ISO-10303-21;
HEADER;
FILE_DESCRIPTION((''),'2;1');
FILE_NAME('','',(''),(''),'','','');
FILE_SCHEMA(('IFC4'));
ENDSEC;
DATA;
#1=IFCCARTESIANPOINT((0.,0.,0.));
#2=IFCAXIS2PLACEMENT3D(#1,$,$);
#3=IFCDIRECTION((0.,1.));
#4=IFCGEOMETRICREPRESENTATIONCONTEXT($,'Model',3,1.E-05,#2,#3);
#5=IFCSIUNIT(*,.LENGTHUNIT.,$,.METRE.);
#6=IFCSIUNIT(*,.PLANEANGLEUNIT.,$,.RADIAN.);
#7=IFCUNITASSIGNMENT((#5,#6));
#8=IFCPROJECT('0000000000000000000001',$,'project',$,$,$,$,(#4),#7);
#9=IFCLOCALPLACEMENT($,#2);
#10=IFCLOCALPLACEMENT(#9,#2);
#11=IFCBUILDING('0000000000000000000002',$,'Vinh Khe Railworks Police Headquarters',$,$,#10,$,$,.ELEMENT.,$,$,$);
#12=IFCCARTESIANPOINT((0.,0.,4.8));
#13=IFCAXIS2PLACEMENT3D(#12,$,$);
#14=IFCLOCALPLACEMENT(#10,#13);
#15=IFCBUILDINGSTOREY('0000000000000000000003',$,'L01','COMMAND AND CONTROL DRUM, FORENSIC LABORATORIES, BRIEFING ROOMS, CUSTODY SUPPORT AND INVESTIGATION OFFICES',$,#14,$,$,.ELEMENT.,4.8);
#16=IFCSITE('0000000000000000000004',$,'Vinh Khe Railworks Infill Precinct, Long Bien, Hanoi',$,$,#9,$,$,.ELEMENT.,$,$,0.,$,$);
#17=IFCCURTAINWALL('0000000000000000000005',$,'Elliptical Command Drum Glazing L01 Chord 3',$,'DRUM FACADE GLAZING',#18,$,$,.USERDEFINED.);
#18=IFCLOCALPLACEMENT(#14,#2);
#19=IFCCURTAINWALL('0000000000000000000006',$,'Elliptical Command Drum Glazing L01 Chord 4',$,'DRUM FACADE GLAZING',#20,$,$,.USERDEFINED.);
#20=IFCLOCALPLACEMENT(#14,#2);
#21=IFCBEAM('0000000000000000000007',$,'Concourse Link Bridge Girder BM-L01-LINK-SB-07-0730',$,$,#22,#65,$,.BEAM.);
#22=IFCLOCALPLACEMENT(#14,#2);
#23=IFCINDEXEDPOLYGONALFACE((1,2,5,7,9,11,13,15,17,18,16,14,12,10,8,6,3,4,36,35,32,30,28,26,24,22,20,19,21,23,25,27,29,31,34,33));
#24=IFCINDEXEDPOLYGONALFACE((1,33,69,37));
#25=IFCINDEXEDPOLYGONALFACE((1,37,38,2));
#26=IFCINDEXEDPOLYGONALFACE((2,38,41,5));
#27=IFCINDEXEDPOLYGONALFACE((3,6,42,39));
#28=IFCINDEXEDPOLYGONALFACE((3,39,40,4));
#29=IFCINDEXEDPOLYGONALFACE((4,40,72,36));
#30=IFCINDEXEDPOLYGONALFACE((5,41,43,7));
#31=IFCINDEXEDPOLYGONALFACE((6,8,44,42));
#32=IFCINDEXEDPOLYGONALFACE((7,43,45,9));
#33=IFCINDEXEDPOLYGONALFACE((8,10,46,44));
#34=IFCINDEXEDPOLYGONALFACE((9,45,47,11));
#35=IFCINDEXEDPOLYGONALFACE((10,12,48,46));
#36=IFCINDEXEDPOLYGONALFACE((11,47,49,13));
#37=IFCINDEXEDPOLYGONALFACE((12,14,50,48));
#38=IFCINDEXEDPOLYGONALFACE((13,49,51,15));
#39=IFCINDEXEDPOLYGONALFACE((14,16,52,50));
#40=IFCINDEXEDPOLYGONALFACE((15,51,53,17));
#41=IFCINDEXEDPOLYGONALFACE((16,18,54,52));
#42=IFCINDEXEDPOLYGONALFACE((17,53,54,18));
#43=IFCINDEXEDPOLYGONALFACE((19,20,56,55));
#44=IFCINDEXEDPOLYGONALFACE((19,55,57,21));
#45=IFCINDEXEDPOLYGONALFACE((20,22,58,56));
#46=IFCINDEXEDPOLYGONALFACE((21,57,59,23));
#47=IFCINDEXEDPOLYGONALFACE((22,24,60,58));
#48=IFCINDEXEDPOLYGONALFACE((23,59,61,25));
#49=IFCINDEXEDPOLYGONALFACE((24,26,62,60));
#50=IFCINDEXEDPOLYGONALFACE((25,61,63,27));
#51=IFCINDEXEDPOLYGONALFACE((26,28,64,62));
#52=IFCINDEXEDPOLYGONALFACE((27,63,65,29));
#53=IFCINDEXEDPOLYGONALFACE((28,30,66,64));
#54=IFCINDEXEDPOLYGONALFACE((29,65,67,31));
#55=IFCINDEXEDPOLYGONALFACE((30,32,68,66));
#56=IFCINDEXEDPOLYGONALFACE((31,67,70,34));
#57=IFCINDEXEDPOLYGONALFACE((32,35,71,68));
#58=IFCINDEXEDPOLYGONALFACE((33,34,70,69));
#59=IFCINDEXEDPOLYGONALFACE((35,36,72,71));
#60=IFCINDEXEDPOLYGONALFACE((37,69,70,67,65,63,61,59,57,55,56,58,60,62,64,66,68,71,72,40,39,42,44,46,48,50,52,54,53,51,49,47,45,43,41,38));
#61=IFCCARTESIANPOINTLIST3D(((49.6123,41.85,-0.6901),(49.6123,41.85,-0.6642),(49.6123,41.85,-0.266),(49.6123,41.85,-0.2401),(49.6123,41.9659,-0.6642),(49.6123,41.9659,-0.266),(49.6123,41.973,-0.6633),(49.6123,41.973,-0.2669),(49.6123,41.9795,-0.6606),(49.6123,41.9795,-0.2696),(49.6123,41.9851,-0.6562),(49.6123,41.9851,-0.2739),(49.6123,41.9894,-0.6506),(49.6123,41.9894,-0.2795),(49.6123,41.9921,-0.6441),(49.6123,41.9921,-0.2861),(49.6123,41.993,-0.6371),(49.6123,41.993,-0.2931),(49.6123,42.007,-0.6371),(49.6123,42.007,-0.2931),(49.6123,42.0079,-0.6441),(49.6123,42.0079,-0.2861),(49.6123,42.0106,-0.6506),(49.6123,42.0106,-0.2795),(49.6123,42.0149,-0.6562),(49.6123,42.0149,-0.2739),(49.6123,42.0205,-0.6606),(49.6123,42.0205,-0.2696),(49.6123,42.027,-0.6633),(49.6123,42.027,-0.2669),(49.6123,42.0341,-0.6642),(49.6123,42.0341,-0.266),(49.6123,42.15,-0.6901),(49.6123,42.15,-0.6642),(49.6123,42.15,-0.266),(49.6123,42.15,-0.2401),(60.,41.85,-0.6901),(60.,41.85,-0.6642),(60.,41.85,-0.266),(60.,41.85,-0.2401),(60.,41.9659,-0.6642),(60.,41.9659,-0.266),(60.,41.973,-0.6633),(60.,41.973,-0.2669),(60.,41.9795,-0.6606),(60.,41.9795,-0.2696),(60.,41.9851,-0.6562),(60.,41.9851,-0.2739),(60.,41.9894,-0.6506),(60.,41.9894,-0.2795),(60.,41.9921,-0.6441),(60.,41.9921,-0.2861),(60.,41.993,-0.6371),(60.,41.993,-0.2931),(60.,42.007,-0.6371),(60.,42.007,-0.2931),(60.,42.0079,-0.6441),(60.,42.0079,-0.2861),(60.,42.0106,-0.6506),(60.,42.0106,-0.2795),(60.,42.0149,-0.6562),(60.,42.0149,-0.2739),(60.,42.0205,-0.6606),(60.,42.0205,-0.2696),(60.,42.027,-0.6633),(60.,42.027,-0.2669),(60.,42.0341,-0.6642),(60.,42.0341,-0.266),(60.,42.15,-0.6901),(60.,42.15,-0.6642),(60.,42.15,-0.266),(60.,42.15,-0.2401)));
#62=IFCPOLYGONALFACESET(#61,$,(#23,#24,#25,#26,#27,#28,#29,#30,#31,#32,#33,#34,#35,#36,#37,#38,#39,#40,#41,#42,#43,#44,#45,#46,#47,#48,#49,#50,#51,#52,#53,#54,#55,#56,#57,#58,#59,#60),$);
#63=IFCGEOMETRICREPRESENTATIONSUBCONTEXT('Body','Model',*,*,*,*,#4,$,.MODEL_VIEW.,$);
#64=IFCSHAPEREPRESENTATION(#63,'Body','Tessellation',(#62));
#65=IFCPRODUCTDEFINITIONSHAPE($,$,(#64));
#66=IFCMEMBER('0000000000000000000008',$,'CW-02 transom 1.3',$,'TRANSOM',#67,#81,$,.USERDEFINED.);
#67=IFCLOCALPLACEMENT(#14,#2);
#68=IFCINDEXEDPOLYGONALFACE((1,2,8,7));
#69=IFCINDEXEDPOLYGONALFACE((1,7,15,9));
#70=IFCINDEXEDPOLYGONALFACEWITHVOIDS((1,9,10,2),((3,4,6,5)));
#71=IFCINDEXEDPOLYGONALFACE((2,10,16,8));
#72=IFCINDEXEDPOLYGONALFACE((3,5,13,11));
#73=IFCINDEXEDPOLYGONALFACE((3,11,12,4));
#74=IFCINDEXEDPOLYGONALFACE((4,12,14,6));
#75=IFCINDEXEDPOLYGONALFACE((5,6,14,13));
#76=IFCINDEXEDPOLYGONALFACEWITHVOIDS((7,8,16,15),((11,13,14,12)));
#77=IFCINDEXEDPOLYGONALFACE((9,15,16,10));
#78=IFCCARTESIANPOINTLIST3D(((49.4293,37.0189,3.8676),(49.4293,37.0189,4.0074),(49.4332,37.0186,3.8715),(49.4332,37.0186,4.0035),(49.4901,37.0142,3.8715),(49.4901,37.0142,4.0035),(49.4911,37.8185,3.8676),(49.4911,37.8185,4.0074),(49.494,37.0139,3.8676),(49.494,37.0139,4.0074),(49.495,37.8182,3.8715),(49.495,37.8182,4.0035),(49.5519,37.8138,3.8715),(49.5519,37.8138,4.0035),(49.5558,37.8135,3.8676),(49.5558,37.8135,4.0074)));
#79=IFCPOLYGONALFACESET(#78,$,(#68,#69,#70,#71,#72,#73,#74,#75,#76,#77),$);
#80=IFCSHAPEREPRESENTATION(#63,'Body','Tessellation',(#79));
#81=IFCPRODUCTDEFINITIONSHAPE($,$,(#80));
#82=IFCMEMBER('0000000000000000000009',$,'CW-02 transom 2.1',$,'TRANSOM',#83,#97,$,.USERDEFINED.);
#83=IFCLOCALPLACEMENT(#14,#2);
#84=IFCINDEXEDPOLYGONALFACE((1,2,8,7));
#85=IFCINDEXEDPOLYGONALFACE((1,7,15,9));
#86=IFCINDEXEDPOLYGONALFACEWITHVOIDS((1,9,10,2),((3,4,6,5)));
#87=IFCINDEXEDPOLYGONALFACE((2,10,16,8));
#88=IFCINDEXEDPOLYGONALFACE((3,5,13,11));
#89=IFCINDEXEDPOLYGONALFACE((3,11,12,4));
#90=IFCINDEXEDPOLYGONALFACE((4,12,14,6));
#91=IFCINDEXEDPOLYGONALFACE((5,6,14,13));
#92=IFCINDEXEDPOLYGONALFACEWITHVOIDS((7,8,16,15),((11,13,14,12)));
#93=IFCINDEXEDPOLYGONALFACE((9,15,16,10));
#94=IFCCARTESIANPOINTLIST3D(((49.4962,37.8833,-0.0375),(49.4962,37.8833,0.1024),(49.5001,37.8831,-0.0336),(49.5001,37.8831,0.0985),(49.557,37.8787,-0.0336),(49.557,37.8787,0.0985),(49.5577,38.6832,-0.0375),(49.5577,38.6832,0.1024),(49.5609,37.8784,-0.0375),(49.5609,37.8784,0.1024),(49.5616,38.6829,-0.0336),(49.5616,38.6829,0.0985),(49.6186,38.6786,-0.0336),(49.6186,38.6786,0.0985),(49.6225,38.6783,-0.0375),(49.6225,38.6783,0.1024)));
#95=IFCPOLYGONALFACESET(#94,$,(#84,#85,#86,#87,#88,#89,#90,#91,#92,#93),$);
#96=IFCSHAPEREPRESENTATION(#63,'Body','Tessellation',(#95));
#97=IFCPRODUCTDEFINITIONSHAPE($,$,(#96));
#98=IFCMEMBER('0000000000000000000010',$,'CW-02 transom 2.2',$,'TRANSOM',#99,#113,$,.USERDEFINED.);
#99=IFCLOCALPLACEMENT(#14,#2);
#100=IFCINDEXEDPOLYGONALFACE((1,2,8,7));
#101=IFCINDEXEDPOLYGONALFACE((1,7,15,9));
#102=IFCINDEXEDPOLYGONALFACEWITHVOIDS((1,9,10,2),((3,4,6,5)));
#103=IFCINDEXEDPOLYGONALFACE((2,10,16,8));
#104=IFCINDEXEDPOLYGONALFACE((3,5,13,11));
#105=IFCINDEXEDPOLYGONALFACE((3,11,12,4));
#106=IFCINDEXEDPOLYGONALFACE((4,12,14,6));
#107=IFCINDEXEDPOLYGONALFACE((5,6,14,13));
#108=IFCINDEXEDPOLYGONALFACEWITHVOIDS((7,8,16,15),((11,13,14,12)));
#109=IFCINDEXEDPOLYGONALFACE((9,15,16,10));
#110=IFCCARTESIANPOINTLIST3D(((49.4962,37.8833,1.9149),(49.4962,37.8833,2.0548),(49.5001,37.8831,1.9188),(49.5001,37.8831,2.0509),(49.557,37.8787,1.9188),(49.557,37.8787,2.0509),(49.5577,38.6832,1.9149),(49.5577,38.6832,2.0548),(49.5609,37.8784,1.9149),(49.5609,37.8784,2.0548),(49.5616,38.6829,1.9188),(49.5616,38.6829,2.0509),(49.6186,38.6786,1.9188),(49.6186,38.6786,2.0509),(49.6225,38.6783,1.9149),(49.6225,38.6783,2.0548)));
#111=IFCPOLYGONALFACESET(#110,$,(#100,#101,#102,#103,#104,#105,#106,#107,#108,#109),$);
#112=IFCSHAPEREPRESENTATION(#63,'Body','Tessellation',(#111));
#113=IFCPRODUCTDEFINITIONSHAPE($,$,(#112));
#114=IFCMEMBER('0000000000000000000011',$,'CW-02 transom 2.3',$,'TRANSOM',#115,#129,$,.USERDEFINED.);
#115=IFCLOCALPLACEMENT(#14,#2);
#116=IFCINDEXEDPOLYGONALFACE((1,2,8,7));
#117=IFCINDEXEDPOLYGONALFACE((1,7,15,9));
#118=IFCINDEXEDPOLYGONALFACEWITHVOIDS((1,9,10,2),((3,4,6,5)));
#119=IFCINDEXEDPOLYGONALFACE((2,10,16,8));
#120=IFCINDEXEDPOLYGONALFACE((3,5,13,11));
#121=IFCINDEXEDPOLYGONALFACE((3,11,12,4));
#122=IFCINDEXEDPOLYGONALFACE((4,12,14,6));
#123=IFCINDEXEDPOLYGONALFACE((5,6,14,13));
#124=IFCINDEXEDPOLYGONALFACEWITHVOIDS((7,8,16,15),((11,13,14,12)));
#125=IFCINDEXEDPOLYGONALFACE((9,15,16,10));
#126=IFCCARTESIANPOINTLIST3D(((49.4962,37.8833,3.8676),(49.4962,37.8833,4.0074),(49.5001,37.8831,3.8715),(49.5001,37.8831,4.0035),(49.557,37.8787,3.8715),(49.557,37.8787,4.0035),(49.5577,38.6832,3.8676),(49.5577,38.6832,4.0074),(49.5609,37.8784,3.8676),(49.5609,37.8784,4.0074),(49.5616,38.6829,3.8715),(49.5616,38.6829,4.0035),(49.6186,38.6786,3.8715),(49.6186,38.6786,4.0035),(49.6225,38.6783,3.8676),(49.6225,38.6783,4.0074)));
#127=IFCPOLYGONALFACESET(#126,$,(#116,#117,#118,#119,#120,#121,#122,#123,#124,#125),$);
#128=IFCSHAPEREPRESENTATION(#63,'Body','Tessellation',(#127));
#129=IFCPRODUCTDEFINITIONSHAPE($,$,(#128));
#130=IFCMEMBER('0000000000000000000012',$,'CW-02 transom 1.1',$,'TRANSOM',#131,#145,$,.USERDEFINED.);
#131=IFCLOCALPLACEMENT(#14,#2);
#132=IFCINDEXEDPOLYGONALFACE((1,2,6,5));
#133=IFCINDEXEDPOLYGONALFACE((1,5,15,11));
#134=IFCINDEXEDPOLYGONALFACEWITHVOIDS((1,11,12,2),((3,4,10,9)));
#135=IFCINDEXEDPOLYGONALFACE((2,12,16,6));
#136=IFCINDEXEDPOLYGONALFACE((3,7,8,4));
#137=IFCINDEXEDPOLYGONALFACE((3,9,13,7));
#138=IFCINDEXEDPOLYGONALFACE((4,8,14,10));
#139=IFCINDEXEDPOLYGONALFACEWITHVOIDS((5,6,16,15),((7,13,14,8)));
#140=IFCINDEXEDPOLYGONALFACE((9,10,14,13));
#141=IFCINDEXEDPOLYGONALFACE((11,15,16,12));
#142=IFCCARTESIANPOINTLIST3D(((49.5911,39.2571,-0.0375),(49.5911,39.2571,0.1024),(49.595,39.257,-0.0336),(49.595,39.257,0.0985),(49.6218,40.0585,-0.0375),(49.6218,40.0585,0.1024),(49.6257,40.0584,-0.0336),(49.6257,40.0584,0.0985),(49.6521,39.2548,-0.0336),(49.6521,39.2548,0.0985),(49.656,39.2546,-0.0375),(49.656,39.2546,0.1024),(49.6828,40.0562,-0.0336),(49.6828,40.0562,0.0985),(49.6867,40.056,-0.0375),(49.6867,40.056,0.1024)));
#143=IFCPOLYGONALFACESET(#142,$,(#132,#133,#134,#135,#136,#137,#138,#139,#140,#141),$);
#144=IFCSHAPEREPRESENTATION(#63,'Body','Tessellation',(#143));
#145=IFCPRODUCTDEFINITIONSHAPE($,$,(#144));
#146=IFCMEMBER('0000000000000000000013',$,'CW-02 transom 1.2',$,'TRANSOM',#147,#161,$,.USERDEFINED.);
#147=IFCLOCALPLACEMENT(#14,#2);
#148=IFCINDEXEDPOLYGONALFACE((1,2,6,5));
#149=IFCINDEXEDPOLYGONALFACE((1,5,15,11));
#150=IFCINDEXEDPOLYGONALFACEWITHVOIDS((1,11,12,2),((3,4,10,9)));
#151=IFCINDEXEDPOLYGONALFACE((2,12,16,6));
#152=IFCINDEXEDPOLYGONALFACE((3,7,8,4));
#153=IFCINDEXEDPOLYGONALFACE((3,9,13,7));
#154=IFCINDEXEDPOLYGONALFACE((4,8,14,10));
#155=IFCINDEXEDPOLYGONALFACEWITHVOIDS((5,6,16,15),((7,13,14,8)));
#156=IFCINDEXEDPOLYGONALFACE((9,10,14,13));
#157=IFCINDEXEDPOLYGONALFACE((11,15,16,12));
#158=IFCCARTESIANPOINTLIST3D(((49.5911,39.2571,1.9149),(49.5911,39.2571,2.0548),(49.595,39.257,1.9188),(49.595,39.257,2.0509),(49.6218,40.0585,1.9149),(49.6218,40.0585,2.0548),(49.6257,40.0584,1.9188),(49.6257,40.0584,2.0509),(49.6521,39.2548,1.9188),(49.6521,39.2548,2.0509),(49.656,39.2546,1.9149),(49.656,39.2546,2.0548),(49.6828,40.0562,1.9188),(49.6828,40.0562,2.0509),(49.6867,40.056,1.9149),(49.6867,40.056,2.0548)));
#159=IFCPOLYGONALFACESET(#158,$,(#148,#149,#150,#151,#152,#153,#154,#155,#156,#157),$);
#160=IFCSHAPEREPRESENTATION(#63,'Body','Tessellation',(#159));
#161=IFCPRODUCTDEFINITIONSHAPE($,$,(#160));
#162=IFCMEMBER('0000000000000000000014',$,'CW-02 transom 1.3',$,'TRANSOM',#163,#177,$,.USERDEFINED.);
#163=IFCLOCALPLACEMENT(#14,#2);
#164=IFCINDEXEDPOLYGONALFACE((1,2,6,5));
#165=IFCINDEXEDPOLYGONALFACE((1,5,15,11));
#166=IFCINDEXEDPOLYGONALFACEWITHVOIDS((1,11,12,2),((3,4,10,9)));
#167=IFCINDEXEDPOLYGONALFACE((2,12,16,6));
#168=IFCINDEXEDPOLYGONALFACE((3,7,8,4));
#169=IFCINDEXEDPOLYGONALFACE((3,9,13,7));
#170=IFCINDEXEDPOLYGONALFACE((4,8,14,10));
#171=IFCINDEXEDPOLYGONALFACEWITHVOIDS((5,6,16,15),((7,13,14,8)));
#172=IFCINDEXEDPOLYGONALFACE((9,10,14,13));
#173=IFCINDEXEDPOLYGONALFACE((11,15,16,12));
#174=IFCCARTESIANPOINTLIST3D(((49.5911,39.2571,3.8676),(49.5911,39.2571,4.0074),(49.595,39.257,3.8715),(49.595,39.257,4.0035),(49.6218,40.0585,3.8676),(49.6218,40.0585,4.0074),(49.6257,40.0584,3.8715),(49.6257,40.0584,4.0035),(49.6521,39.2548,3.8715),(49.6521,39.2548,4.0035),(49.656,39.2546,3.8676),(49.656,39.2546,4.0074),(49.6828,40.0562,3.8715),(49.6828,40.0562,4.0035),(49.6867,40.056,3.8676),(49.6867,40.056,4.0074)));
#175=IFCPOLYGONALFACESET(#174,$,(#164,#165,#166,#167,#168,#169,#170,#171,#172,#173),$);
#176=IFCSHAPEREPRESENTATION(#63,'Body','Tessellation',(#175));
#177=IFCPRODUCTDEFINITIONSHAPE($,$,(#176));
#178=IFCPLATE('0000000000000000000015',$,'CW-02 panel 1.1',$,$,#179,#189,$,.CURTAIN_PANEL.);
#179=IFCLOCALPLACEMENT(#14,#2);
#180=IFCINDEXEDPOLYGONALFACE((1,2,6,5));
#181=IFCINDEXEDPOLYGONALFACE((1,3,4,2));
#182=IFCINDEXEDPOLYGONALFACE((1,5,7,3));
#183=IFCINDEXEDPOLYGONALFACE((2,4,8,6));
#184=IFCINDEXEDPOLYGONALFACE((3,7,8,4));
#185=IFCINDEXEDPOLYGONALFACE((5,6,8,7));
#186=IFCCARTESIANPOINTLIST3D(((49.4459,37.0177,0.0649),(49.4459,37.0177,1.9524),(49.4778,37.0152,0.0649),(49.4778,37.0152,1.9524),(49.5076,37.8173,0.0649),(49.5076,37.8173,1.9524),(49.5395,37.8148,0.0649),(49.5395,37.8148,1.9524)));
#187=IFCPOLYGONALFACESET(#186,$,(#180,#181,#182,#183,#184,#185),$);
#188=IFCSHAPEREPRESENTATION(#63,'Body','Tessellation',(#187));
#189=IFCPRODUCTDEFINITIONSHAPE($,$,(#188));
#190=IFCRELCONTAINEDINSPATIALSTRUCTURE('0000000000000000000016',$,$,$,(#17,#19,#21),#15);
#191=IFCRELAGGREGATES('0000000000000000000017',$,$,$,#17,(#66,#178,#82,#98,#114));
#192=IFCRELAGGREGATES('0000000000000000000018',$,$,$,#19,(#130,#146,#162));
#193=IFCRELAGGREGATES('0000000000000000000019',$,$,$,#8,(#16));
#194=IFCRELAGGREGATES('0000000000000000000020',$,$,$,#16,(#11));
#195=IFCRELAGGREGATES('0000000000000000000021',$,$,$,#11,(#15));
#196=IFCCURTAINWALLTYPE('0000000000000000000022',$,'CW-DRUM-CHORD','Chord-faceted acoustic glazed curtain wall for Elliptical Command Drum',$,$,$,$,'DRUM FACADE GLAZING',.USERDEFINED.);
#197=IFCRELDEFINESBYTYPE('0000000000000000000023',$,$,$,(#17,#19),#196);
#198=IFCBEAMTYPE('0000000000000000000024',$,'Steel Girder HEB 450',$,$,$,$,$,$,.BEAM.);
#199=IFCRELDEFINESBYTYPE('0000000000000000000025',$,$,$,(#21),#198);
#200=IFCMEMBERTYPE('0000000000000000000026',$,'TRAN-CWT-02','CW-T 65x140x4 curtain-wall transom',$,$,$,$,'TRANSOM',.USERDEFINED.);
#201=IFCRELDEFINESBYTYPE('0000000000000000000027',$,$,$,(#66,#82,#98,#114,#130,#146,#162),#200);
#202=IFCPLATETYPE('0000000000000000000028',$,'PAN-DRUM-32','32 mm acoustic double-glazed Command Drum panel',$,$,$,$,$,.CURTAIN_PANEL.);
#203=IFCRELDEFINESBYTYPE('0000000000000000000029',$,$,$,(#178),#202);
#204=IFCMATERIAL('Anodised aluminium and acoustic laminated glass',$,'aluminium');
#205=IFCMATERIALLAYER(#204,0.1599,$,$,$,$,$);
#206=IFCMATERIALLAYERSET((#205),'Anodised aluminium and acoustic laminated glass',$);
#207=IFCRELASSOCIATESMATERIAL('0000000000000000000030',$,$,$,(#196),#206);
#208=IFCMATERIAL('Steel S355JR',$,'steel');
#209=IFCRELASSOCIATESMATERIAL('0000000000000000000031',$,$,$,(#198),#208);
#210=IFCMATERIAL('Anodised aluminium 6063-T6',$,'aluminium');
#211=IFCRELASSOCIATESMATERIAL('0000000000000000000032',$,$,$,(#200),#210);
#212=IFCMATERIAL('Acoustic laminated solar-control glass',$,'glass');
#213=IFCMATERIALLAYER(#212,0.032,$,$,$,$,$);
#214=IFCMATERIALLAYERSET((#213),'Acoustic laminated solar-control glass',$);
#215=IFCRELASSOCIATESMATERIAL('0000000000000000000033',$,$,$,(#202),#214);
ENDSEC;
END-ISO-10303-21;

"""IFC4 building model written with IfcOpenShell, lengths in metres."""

from ifc_helpers import new_model, si_unit, direction, frame, origin, origin_2d, place, context, subcontext, project, spatial, rectangle, hollow_rectangle, i_section, extrude, material, layer, layer_set, material_profile, profile_set, type_object, element, aggregate, save


model = new_model("IFC4")

# Units and contexts
model_context = context("Model", 3, precision=1e-05, world=origin(), true_north=direction((0.0, 1.0)))
body_context = subcontext(model_context, "Body", "Model", "MODEL_VIEW")
ifc_project = project(units=[si_unit("LENGTHUNIT", "METRE"), si_unit("PLANEANGLEUNIT", "RADIAN")], contexts=[model_context])

# Site, building, storey
site_placement = place(None, origin())
site = spatial("IfcSite", under=ifc_project, at=site_placement, Name="Vinh Khe Railworks Infill Precinct, Long Bien, Hanoi", CompositionType="ELEMENT", RefElevation=0.0)
building_placement = place(site_placement, origin())
building = spatial("IfcBuilding", under=site, at=building_placement, Name="Vinh Khe Railworks Police Headquarters", CompositionType="ELEMENT")
storey_placement = place(building_placement, frame((0.0, 0.0, 4.8)))
storey = spatial("IfcBuildingStorey", under=building, at=storey_placement, Name="L01", Description="COMMAND AND CONTROL DRUM, FORENSIC LABORATORIES, BRIEFING ROOMS, CUSTODY SUPPORT AND INVESTIGATION OFFICES", CompositionType="ELEMENT", Elevation=4.8)

# Shared definitions
ifc_material_1 = material(Name="Steel S355JR", Category="steel")

# Curtain wall
ifc_material_2 = material(Name="Anodised aluminium and acoustic laminated glass", Category="aluminium")
ifc_layer_1 = layer(ifc_material_2, 0.1599)
ifc_layer_set_1 = layer_set([ifc_layer_1], Name="Anodised aluminium and acoustic laminated glass")
curtain_wall_type = type_object("IfcCurtainWallType", Name="CW-DRUM-CHORD", Description="Chord-faceted acoustic glazed curtain wall for Elliptical Command Drum", ElementType="DRUM FACADE GLAZING", PredefinedType="USERDEFINED", material=ifc_layer_set_1)
curtain_wall_1_placement = place(storey_placement, origin())
curtain_wall_1 = element("IfcCurtainWall", 1, at=curtain_wall_1_placement, inside=storey, type_object=curtain_wall_type, Name="Elliptical Command Drum Glazing L01 Chord 3", ObjectType="DRUM FACADE GLAZING", PredefinedType="USERDEFINED")
ifc_material_3 = material(Name="Anodised aluminium 6063-T6", Category="aluminium")

# Curtain wall
curtain_wall_2_placement = place(storey_placement, origin())
curtain_wall_2 = element("IfcCurtainWall", 2, at=curtain_wall_2_placement, inside=storey, type_object=curtain_wall_type, Name="Elliptical Command Drum Glazing L01 Chord 4", ObjectType="DRUM FACADE GLAZING", PredefinedType="USERDEFINED")

# Beam
ifc_material_profile_1 = material_profile(ifc_material_1, i_section(OverallWidth=0.3, OverallDepth=0.45, WebThickness=0.0139, FlangeThickness=0.0259, FilletRadius=0.0271, at=origin_2d()), Name="HEB 450")
ifc_profile_set_1 = profile_set([ifc_material_profile_1], Name="Steel S355JR")
beam_type_1 = type_object("IfcBeamType", Name="Steel Girder HEB 450", PredefinedType="BEAM", material=ifc_profile_set_1)
beam_1_placement = place(storey_placement, frame((49.6123, 42.0, -0.4651), z_axis=(1.0, 0.0, 0.0), x_axis=(0.0, 1.0, 0.0)))
element("IfcBeam", 3, at=beam_1_placement, inside=storey, type_object=beam_type_1, Name="Concourse Link Bridge Girder BM-L01-LINK-SB-07-0730", PredefinedType="BEAM", context=body_context, shape_type="SweptSolid", body=[
    extrude(i_section(OverallWidth=0.3, OverallDepth=0.45, WebThickness=0.0139, FlangeThickness=0.0259, FilletRadius=0.0271, at=origin_2d()), origin(), (0.0, 0.0, 1.0), 10.3877),
])

# Members
ifc_material_profile_2 = material_profile(ifc_material_3, hollow_rectangle(XDim=0.0649, YDim=0.1399, WallThickness=0.0039, at=origin_2d()), Name="CW-T 65x140x4")
ifc_profile_set_2 = profile_set([ifc_material_profile_2], Name="Anodised aluminium 6063-T6")
member_type_1 = type_object("IfcMemberType", Name="TRAN-CWT-02", Description="CW-T 65x140x4 curtain-wall transom", ElementType="TRANSOM", PredefinedType="USERDEFINED", material=ifc_profile_set_2)
member_1_placement = place(storey_placement, frame((49.4617, 37.0164, 3.9375), z_axis=(0.077022, 0.997029, 0.0), x_axis=(-0.997029, 0.077022, 0.0)))
member_1 = element("IfcMember", 4, at=member_1_placement, type_object=member_type_1, Name="CW-02 transom 1.3", ObjectType="TRANSOM", PredefinedType="USERDEFINED", context=body_context, shape_type="SweptSolid", body=[
    extrude(hollow_rectangle(XDim=0.0649, YDim=0.1399, WallThickness=0.0039, at=origin_2d()), origin(), (0.0, 0.0, 1.0), 0.802),
])
member_2_placement = place(storey_placement, frame((49.5286, 37.8809, 0.0325), z_axis=(0.076696, 0.997054, 0.0), x_axis=(-0.997054, 0.076696, 0.0)))
member_2 = element("IfcMember", 5, at=member_2_placement, type_object=member_type_1, Name="CW-02 transom 2.1", ObjectType="TRANSOM", PredefinedType="USERDEFINED", context=body_context, shape_type="SweptSolid", body=[
    extrude(hollow_rectangle(XDim=0.0649, YDim=0.1399, WallThickness=0.0039, at=origin_2d()), origin(), (0.0, 0.0, 1.0), 0.8022),
])
member_3_placement = place(storey_placement, frame((49.5286, 37.8809, 1.9849), z_axis=(0.076696, 0.997054, 0.0), x_axis=(-0.997054, 0.076696, 0.0)))
member_3 = element("IfcMember", 6, at=member_3_placement, type_object=member_type_1, Name="CW-02 transom 2.2", ObjectType="TRANSOM", PredefinedType="USERDEFINED", context=body_context, shape_type="SweptSolid", body=[
    extrude(hollow_rectangle(XDim=0.0649, YDim=0.1399, WallThickness=0.0039, at=origin_2d()), origin(), (0.0, 0.0, 1.0), 0.8022),
])
member_4_placement = place(storey_placement, frame((49.5286, 37.8809, 3.9375), z_axis=(0.076696, 0.997054, 0.0), x_axis=(-0.997054, 0.076696, 0.0)))
member_4 = element("IfcMember", 7, at=member_4_placement, type_object=member_type_1, Name="CW-02 transom 2.3", ObjectType="TRANSOM", PredefinedType="USERDEFINED", context=body_context, shape_type="SweptSolid", body=[
    extrude(hollow_rectangle(XDim=0.0649, YDim=0.1399, WallThickness=0.0039, at=origin_2d()), origin(), (0.0, 0.0, 1.0), 0.8022),
])
member_5_placement = place(storey_placement, frame((49.6235, 39.2559, 0.0325), z_axis=(0.038351, 0.999264, 0.0), x_axis=(-0.999264, 0.038351, 0.0)))
member_5 = element("IfcMember", 8, at=member_5_placement, type_object=member_type_1, Name="CW-02 transom 1.1", ObjectType="TRANSOM", PredefinedType="USERDEFINED", context=body_context, shape_type="SweptSolid", body=[
    extrude(hollow_rectangle(XDim=0.0649, YDim=0.1399, WallThickness=0.0039, at=origin_2d()), origin(), (0.0, 0.0, 1.0), 0.802),
])
member_6_placement = place(storey_placement, frame((49.6235, 39.2559, 1.9849), z_axis=(0.038351, 0.999264, 0.0), x_axis=(-0.999264, 0.038351, 0.0)))
member_6 = element("IfcMember", 9, at=member_6_placement, type_object=member_type_1, Name="CW-02 transom 1.2", ObjectType="TRANSOM", PredefinedType="USERDEFINED", context=body_context, shape_type="SweptSolid", body=[
    extrude(hollow_rectangle(XDim=0.0649, YDim=0.1399, WallThickness=0.0039, at=origin_2d()), origin(), (0.0, 0.0, 1.0), 0.802),
])
member_7_placement = place(storey_placement, frame((49.6235, 39.2559, 3.9375), z_axis=(0.038351, 0.999264, 0.0), x_axis=(-0.999264, 0.038351, 0.0)))
member_7 = element("IfcMember", 10, at=member_7_placement, type_object=member_type_1, Name="CW-02 transom 1.3", ObjectType="TRANSOM", PredefinedType="USERDEFINED", context=body_context, shape_type="SweptSolid", body=[
    extrude(hollow_rectangle(XDim=0.0649, YDim=0.1399, WallThickness=0.0039, at=origin_2d()), origin(), (0.0, 0.0, 1.0), 0.802),
])

# Plate
ifc_material_4 = material(Name="Acoustic laminated solar-control glass", Category="glass")
ifc_layer_2 = layer(ifc_material_4, 0.032)
ifc_layer_set_2 = layer_set([ifc_layer_2], Name="Acoustic laminated solar-control glass")
plate_type_1 = type_object("IfcPlateType", Name="PAN-DRUM-32", Description="32 mm acoustic double-glazed Command Drum panel", PredefinedType="CURTAIN_PANEL", material=ifc_layer_set_2)
plate_1_placement = place(storey_placement, frame((49.4927, 37.4163, 0.0649), z_axis=(0.0, 0.0, 1.0), x_axis=(0.076972, 0.997033, 0.0)))
plate_1 = element("IfcPlate", 11, at=plate_1_placement, type_object=plate_type_1, Name="CW-02 panel 1.1", PredefinedType="CURTAIN_PANEL", context=body_context, shape_type="SweptSolid", body=[
    extrude(rectangle(XDim=0.802, YDim=0.032, at=origin_2d()), origin(), (0.0, 0.0, 1.0), 1.8875),
])
aggregate(curtain_wall_1, [member_1, plate_1, member_2, member_3, member_4])
aggregate(curtain_wall_2, [member_5, member_6, member_7])

save(model, "model.ifc")
